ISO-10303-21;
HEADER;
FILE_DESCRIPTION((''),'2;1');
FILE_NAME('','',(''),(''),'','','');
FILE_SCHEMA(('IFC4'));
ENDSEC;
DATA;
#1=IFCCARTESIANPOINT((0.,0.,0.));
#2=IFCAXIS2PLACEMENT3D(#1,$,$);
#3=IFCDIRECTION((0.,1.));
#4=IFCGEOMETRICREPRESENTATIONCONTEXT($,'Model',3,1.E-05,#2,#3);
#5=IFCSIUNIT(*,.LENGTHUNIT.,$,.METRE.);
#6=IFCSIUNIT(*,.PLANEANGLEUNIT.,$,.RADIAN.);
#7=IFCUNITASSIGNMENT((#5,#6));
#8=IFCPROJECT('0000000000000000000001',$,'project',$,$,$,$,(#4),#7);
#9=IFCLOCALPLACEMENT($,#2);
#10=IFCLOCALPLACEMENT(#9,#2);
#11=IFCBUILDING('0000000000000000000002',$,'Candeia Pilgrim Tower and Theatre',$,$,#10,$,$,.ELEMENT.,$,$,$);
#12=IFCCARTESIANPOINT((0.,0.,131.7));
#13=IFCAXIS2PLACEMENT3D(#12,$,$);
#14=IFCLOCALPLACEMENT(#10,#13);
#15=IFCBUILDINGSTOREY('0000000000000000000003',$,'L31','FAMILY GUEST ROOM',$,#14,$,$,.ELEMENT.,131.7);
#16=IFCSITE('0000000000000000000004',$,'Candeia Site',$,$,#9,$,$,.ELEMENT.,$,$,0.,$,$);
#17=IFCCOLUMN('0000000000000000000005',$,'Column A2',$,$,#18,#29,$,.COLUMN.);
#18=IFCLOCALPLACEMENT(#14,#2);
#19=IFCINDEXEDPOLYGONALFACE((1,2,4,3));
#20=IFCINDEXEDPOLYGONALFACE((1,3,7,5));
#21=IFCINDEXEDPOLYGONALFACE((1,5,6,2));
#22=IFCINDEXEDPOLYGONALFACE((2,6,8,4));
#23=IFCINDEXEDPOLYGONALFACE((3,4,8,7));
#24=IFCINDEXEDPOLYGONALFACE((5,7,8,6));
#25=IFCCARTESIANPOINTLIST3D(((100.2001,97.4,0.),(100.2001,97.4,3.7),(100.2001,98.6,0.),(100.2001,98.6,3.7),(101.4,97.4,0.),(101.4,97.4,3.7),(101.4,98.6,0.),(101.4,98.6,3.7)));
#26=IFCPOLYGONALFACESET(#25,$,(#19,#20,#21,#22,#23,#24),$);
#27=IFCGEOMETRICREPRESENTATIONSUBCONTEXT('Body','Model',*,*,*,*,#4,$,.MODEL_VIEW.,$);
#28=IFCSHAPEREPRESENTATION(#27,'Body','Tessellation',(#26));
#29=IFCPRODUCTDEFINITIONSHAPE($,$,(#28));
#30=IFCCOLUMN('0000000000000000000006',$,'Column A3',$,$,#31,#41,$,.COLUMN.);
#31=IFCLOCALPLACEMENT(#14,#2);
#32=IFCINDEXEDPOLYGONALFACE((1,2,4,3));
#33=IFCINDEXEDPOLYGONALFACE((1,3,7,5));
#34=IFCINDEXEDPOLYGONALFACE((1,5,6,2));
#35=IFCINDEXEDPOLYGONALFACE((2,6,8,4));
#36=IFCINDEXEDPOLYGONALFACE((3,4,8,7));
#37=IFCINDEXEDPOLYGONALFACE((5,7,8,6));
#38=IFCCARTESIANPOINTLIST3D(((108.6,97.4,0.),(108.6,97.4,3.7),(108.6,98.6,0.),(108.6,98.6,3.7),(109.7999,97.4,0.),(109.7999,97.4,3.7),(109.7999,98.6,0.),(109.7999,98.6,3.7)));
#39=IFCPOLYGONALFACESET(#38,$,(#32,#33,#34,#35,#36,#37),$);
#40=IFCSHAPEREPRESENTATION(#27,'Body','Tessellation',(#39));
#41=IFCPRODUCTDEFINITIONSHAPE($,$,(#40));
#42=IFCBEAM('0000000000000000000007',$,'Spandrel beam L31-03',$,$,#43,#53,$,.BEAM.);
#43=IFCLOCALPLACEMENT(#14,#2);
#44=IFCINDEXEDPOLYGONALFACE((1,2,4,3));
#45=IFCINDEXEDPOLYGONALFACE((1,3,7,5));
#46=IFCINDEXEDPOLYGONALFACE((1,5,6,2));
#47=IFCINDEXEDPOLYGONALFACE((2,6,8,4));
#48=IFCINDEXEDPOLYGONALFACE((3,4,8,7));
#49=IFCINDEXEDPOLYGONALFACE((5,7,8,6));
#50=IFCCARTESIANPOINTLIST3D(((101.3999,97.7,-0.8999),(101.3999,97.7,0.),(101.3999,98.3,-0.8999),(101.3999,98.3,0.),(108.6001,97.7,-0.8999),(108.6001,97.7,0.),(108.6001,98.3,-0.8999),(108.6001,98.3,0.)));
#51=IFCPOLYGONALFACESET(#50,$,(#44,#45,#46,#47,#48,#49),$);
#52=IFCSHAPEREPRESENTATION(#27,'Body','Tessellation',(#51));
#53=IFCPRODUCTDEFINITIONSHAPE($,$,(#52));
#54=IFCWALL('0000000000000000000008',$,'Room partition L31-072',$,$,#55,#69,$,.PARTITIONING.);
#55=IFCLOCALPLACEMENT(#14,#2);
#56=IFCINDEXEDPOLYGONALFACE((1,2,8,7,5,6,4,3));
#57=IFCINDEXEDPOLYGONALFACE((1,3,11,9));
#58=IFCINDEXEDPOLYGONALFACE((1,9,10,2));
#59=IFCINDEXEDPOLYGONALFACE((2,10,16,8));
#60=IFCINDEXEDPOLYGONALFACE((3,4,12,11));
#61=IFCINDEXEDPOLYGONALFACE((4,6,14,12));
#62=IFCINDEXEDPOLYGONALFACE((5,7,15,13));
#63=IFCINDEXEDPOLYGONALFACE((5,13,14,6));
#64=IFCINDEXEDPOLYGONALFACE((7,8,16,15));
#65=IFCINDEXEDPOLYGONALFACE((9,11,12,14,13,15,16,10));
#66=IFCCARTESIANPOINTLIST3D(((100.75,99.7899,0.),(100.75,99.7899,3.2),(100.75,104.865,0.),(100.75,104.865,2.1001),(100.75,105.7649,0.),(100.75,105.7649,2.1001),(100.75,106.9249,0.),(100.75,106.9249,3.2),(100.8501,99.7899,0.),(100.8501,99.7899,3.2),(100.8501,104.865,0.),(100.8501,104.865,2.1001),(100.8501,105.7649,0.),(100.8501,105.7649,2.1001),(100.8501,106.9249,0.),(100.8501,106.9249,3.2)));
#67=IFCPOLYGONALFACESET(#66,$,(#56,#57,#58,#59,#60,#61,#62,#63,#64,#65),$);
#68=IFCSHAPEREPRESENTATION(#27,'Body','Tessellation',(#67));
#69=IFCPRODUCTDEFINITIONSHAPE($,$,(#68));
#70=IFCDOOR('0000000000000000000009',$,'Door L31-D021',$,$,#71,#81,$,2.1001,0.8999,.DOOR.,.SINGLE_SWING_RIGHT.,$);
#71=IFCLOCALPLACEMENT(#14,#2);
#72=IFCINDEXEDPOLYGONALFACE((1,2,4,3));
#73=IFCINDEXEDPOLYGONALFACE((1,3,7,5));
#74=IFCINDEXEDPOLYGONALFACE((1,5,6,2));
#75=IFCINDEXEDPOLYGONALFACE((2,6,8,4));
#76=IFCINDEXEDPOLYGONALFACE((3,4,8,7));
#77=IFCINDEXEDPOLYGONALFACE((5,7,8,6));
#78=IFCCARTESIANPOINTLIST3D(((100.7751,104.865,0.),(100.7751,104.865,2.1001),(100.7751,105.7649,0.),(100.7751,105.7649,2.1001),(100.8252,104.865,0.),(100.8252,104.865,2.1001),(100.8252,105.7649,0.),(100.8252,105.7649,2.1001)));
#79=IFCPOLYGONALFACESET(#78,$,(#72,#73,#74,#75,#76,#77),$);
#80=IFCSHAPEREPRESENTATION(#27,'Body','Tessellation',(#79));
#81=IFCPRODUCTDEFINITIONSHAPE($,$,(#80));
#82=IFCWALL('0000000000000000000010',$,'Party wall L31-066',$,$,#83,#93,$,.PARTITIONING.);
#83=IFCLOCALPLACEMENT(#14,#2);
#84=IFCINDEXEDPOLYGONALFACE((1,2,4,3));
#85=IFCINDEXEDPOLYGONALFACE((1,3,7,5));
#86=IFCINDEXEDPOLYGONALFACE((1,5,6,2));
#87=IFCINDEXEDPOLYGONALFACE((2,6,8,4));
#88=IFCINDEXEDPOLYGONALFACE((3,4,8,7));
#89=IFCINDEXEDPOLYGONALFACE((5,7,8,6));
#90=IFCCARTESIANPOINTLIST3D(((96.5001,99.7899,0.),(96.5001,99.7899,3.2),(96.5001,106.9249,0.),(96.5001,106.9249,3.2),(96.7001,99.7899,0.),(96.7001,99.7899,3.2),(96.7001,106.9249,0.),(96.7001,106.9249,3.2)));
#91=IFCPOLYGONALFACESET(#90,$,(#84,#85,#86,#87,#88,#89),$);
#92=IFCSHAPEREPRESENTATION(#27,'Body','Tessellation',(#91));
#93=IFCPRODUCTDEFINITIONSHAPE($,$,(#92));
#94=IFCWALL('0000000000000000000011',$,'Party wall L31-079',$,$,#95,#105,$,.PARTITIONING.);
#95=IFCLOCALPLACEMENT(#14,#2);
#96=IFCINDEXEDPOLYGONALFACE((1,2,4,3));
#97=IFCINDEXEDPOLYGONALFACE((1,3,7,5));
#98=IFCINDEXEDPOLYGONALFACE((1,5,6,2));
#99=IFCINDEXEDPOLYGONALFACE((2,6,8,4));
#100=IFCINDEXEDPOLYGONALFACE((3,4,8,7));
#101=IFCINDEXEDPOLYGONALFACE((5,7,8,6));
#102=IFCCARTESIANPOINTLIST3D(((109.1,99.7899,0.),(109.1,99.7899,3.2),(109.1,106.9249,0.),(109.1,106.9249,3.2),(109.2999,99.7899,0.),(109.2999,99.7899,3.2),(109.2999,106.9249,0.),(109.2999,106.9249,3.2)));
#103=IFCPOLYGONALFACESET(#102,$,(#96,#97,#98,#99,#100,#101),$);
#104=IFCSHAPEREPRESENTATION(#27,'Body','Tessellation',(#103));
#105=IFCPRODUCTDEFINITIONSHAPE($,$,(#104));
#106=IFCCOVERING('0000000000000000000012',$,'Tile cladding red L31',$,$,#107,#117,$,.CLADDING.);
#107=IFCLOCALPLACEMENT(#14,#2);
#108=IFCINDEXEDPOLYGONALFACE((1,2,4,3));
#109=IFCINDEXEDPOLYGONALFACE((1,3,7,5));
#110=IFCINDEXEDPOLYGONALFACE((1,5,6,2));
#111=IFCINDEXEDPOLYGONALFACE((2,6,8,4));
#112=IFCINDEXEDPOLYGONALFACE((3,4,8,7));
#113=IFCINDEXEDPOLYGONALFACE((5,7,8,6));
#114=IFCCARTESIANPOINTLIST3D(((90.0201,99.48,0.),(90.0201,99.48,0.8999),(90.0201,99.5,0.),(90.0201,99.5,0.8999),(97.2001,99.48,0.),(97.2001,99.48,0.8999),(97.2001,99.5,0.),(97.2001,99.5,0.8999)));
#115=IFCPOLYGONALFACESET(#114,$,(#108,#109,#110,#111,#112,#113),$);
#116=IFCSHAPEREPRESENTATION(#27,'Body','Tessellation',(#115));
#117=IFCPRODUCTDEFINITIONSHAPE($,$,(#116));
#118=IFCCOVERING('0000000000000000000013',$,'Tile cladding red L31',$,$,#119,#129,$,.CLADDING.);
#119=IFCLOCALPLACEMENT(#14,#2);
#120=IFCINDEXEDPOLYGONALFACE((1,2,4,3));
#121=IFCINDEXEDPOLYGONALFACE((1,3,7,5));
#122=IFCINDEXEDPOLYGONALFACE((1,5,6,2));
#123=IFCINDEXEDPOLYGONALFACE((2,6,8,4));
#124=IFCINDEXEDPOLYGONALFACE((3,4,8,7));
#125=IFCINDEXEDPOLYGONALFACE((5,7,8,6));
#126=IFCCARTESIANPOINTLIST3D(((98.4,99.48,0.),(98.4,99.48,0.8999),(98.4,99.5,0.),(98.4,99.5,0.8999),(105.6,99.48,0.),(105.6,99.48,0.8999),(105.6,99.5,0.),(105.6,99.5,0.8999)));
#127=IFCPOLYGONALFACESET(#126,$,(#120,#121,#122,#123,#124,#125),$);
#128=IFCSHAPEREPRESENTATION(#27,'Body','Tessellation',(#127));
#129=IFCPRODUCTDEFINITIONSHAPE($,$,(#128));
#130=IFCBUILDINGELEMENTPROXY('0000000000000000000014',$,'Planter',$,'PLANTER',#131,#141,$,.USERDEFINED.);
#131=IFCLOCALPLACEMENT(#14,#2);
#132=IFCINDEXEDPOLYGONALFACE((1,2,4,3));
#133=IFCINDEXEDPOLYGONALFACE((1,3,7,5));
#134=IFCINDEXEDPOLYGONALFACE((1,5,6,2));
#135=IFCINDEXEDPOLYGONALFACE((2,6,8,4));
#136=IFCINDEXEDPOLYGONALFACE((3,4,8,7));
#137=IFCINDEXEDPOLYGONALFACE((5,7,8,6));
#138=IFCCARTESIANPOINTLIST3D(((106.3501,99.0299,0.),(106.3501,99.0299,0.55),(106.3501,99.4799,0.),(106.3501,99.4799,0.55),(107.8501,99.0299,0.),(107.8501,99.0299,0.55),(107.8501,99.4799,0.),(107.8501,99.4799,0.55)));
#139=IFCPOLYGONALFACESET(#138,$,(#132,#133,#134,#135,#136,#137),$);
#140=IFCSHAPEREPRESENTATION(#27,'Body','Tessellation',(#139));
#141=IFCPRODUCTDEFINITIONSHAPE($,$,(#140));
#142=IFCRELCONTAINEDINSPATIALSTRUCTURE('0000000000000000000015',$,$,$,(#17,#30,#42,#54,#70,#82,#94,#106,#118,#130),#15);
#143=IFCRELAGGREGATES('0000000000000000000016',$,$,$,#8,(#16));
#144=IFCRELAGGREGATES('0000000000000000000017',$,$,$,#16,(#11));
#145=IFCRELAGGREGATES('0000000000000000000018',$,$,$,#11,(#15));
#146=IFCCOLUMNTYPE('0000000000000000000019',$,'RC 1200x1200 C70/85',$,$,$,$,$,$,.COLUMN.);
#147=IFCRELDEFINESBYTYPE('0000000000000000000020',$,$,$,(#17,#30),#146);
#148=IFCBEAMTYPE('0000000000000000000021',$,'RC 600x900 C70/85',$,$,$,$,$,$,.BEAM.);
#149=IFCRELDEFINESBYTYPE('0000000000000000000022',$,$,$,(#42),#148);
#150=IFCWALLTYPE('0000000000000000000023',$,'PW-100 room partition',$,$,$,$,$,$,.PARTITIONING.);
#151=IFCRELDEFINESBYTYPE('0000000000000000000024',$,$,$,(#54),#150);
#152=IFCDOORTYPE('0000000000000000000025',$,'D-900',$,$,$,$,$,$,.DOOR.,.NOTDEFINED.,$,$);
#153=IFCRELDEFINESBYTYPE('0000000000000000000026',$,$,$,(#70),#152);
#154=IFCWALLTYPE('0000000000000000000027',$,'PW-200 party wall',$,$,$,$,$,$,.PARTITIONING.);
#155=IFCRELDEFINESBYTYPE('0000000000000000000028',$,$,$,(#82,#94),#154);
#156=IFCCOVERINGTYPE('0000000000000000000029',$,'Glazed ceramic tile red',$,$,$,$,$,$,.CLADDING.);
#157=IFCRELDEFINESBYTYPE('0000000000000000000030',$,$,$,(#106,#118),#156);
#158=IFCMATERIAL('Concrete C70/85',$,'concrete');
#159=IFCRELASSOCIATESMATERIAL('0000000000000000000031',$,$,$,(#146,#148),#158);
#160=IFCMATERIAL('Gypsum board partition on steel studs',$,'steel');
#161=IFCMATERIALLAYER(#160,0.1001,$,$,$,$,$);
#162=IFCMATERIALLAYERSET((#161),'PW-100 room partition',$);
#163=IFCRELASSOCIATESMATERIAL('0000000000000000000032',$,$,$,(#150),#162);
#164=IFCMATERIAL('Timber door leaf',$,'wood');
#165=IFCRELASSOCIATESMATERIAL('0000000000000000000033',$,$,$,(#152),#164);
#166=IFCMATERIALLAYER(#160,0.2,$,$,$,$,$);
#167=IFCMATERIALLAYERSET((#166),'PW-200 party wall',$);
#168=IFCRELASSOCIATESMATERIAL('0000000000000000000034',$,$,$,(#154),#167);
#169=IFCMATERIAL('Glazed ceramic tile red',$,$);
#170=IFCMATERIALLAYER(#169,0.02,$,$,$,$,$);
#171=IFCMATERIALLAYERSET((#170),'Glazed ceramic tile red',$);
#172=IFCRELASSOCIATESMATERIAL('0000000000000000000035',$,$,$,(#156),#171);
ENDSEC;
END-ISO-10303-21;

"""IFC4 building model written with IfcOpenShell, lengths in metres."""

from ifc_helpers import new_model, si_unit, direction, frame, frame_2d, origin, origin_2d, place, context, subcontext, project, spatial, rectangle, extrude, material, layer, layer_set, material_profile, profile_set, type_object, element, fill, save


model = new_model("IFC4")

# Units and contexts
model_context = context("Model", 3, precision=1e-05, world=origin(), true_north=direction((0.0, 1.0)))
body_context = subcontext(model_context, "Body", "Model", "MODEL_VIEW")
ifc_project = project(units=[si_unit("LENGTHUNIT", "METRE"), si_unit("PLANEANGLEUNIT", "RADIAN")], contexts=[model_context])

# Site, building, storey
site_placement = place(None, origin())
site = spatial("IfcSite", under=ifc_project, at=site_placement, Name="Candeia Site", CompositionType="ELEMENT", RefElevation=0.0)
building_placement = place(site_placement, origin())
building = spatial("IfcBuilding", under=site, at=building_placement, Name="Candeia Pilgrim Tower and Theatre", CompositionType="ELEMENT")
storey_placement = place(building_placement, frame((0.0, 0.0, 131.7)))
storey = spatial("IfcBuildingStorey", under=building, at=storey_placement, Name="L31", Description="FAMILY GUEST ROOM", CompositionType="ELEMENT", Elevation=131.7)

# Columns
ifc_material_1 = material(Name="Concrete C70/85", Category="concrete")
ifc_material_profile_1 = material_profile(ifc_material_1, rectangle(XDim=1.2, YDim=1.2, at=origin_2d()))
ifc_profile_set_1 = profile_set([ifc_material_profile_1], Name="Concrete C70/85")
column_type = type_object("IfcColumnType", Name="RC 1200x1200 C70/85", PredefinedType="COLUMN", material=ifc_profile_set_1)
for number, where, z_axis, x_axis, name in (
    (1, (100.8, 98.0, 0.0), (0.0, 0.0, 1.0), (1.0, 0.0, 0.0), "Column A2"),
    (2, (109.2, 98.0, 0.0), (0.0, 0.0, 1.0), (1.0, 0.0, 0.0), "Column A3"),
):
    element("IfcColumn", number, at=place(storey_placement, frame(where, z_axis=z_axis, x_axis=x_axis)), inside=storey, type_object=column_type, Name=name, PredefinedType="COLUMN", context=body_context, shape_type="SweptSolid", body=[
        extrude(rectangle(XDim=1.2, YDim=1.2, at=origin_2d()), origin(), (0.0, 0.0, 1.0), 3.7),
    ])

# Beam
ifc_material_profile_2 = material_profile(ifc_material_1, rectangle(XDim=0.6001, YDim=0.8999, at=origin_2d()))
ifc_profile_set_2 = profile_set([ifc_material_profile_2], Name="Concrete C70/85")
beam_type = type_object("IfcBeamType", Name="RC 600x900 C70/85", PredefinedType="BEAM", material=ifc_profile_set_2)
beam_placement = place(storey_placement, frame((101.3999, 98.0, -0.45), z_axis=(1.0, 0.0, 0.0), x_axis=(0.0, 1.0, 0.0)))
element("IfcBeam", 3, at=beam_placement, inside=storey, type_object=beam_type, Name="Spandrel beam L31-03", PredefinedType="BEAM", context=body_context, shape_type="SweptSolid", body=[
    extrude(rectangle(XDim=0.6001, YDim=0.8999, at=origin_2d()), origin(), (0.0, 0.0, 1.0), 7.2002),
])

# Wall, opening, door
ifc_material_2 = material(Name="Gypsum board partition on steel studs", Category="steel")
ifc_layer_1 = layer(ifc_material_2, 0.1001)
ifc_layer_set_1 = layer_set([ifc_layer_1], Name="PW-100 room partition")
wall_type_1 = type_object("IfcWallType", Name="PW-100 room partition", PredefinedType="PARTITIONING", material=ifc_layer_set_1)
wall_placement = place(storey_placement, frame((100.8, 99.79, 0.0), z_axis=(0.0, 0.0, 1.0), x_axis=(0.0, 1.0, 0.0)))
wall = element("IfcWall", 4, at=wall_placement, inside=storey, type_object=wall_type_1, Name="Room partition L31-072", PredefinedType="PARTITIONING", context=body_context, shape_type="SweptSolid", body=[
    extrude(rectangle(XDim=7.135, YDim=0.1001, at=frame_2d((3.5674, 0.0))), origin(), (0.0, 0.0, 1.0), 3.2),
])
opening_placement = place(wall_placement, frame((5.075, 0.0, 0.0)))
opening = element("IfcOpeningElement", 5, at=opening_placement, cuts=wall, PredefinedType="OPENING", context=body_context, shape_type="SweptSolid", body=[
    extrude(rectangle(XDim=0.8999, YDim=2.1001, at=frame_2d((0.45, 1.05))), frame((0.0, 0.0601, 0.0), z_axis=(0.0, -1.0, 0.0), x_axis=(1.0, 0.0, 0.0)), (0.0, 0.0, 1.0), 0.1201),
])
ifc_material_3 = material(Name="Timber door leaf", Category="wood")
door_type = type_object("IfcDoorType", Name="D-900", OperationType="NOTDEFINED", PredefinedType="DOOR", material=ifc_material_3)
door_placement = place(opening_placement, origin())
door = element("IfcDoor", 6, at=door_placement, inside=storey, type_object=door_type, Name="Door L31-D021", OperationType="SINGLE_SWING_RIGHT", OverallHeight=2.1001, OverallWidth=0.8999, PredefinedType="DOOR", context=body_context, shape_type="SweptSolid", body=[
    extrude(rectangle(XDim=0.8999, YDim=2.1001, at=frame_2d((0.45, 1.05))), frame((0.0, 0.0249, 0.0), z_axis=(0.0, -1.0, 0.0), x_axis=(1.0, 0.0, 0.0)), (0.0, 0.0, 1.0), 0.05),
])
fill(opening, door)

# Walls
ifc_layer_2 = layer(ifc_material_2, 0.2)
ifc_layer_set_2 = layer_set([ifc_layer_2], Name="PW-200 party wall")
wall_type_2 = type_object("IfcWallType", Name="PW-200 party wall", PredefinedType="PARTITIONING", material=ifc_layer_set_2)
for number, where, z_axis, x_axis, name in (
    (7, (96.6001, 99.79, 0.0), (0.0, 0.0, 1.0), (0.0, 1.0, 0.0), "Party wall L31-066"),
    (8, (109.2, 99.79, 0.0), (0.0, 0.0, 1.0), (0.0, 1.0, 0.0), "Party wall L31-079"),
):
    element("IfcWall", number, at=place(storey_placement, frame(where, z_axis=z_axis, x_axis=x_axis)), inside=storey, type_object=wall_type_2, Name=name, PredefinedType="PARTITIONING", context=body_context, shape_type="SweptSolid", body=[
        extrude(rectangle(XDim=7.135, YDim=0.2, at=frame_2d((3.5674, 0.0))), origin(), (0.0, 0.0, 1.0), 3.2),
    ])

# Coverings
ifc_material_4 = material(Name="Glazed ceramic tile red")
ifc_layer_3 = layer(ifc_material_4, 0.02)
ifc_layer_set_3 = layer_set([ifc_layer_3], Name="Glazed ceramic tile red")
covering_type = type_object("IfcCoveringType", Name="Glazed ceramic tile red", PredefinedType="CLADDING", material=ifc_layer_set_3)
covering_1_placement = place(storey_placement, frame((93.6101, 99.49, 0.0), z_axis=(0.0, 0.0, 1.0), x_axis=(1.0, 0.0, 0.0)))
element("IfcCovering", 9, at=covering_1_placement, inside=storey, type_object=covering_type, Name="Tile cladding red L31", PredefinedType="CLADDING", context=body_context, shape_type="SweptSolid", body=[
    extrude(rectangle(XDim=7.1799, YDim=0.02, at=origin_2d()), origin(), (0.0, 0.0, 1.0), 0.8999),
])
covering_2_placement = place(storey_placement, frame((102.0, 99.49, 0.0), z_axis=(0.0, 0.0, 1.0), x_axis=(1.0, 0.0, 0.0)))
element("IfcCovering", 10, at=covering_2_placement, inside=storey, type_object=covering_type, Name="Tile cladding red L31", PredefinedType="CLADDING", context=body_context, shape_type="SweptSolid", body=[
    extrude(rectangle(XDim=7.2, YDim=0.02, at=origin_2d()), origin(), (0.0, 0.0, 1.0), 0.8999),
])

# Building element proxy
proxy_placement = place(storey_placement, frame((107.1001, 99.2549, 0.0), z_axis=(0.0, 0.0, 1.0), x_axis=(1.0, 0.0, 0.0)))
element("IfcBuildingElementProxy", 11, at=proxy_placement, inside=storey, Name="Planter", ObjectType="PLANTER", PredefinedType="USERDEFINED", context=body_context, shape_type="SweptSolid", body=[
    extrude(rectangle(XDim=1.5, YDim=0.45, at=origin_2d()), origin(), (0.0, 0.0, 1.0), 0.55),
])

save(model, "model.ifc")
